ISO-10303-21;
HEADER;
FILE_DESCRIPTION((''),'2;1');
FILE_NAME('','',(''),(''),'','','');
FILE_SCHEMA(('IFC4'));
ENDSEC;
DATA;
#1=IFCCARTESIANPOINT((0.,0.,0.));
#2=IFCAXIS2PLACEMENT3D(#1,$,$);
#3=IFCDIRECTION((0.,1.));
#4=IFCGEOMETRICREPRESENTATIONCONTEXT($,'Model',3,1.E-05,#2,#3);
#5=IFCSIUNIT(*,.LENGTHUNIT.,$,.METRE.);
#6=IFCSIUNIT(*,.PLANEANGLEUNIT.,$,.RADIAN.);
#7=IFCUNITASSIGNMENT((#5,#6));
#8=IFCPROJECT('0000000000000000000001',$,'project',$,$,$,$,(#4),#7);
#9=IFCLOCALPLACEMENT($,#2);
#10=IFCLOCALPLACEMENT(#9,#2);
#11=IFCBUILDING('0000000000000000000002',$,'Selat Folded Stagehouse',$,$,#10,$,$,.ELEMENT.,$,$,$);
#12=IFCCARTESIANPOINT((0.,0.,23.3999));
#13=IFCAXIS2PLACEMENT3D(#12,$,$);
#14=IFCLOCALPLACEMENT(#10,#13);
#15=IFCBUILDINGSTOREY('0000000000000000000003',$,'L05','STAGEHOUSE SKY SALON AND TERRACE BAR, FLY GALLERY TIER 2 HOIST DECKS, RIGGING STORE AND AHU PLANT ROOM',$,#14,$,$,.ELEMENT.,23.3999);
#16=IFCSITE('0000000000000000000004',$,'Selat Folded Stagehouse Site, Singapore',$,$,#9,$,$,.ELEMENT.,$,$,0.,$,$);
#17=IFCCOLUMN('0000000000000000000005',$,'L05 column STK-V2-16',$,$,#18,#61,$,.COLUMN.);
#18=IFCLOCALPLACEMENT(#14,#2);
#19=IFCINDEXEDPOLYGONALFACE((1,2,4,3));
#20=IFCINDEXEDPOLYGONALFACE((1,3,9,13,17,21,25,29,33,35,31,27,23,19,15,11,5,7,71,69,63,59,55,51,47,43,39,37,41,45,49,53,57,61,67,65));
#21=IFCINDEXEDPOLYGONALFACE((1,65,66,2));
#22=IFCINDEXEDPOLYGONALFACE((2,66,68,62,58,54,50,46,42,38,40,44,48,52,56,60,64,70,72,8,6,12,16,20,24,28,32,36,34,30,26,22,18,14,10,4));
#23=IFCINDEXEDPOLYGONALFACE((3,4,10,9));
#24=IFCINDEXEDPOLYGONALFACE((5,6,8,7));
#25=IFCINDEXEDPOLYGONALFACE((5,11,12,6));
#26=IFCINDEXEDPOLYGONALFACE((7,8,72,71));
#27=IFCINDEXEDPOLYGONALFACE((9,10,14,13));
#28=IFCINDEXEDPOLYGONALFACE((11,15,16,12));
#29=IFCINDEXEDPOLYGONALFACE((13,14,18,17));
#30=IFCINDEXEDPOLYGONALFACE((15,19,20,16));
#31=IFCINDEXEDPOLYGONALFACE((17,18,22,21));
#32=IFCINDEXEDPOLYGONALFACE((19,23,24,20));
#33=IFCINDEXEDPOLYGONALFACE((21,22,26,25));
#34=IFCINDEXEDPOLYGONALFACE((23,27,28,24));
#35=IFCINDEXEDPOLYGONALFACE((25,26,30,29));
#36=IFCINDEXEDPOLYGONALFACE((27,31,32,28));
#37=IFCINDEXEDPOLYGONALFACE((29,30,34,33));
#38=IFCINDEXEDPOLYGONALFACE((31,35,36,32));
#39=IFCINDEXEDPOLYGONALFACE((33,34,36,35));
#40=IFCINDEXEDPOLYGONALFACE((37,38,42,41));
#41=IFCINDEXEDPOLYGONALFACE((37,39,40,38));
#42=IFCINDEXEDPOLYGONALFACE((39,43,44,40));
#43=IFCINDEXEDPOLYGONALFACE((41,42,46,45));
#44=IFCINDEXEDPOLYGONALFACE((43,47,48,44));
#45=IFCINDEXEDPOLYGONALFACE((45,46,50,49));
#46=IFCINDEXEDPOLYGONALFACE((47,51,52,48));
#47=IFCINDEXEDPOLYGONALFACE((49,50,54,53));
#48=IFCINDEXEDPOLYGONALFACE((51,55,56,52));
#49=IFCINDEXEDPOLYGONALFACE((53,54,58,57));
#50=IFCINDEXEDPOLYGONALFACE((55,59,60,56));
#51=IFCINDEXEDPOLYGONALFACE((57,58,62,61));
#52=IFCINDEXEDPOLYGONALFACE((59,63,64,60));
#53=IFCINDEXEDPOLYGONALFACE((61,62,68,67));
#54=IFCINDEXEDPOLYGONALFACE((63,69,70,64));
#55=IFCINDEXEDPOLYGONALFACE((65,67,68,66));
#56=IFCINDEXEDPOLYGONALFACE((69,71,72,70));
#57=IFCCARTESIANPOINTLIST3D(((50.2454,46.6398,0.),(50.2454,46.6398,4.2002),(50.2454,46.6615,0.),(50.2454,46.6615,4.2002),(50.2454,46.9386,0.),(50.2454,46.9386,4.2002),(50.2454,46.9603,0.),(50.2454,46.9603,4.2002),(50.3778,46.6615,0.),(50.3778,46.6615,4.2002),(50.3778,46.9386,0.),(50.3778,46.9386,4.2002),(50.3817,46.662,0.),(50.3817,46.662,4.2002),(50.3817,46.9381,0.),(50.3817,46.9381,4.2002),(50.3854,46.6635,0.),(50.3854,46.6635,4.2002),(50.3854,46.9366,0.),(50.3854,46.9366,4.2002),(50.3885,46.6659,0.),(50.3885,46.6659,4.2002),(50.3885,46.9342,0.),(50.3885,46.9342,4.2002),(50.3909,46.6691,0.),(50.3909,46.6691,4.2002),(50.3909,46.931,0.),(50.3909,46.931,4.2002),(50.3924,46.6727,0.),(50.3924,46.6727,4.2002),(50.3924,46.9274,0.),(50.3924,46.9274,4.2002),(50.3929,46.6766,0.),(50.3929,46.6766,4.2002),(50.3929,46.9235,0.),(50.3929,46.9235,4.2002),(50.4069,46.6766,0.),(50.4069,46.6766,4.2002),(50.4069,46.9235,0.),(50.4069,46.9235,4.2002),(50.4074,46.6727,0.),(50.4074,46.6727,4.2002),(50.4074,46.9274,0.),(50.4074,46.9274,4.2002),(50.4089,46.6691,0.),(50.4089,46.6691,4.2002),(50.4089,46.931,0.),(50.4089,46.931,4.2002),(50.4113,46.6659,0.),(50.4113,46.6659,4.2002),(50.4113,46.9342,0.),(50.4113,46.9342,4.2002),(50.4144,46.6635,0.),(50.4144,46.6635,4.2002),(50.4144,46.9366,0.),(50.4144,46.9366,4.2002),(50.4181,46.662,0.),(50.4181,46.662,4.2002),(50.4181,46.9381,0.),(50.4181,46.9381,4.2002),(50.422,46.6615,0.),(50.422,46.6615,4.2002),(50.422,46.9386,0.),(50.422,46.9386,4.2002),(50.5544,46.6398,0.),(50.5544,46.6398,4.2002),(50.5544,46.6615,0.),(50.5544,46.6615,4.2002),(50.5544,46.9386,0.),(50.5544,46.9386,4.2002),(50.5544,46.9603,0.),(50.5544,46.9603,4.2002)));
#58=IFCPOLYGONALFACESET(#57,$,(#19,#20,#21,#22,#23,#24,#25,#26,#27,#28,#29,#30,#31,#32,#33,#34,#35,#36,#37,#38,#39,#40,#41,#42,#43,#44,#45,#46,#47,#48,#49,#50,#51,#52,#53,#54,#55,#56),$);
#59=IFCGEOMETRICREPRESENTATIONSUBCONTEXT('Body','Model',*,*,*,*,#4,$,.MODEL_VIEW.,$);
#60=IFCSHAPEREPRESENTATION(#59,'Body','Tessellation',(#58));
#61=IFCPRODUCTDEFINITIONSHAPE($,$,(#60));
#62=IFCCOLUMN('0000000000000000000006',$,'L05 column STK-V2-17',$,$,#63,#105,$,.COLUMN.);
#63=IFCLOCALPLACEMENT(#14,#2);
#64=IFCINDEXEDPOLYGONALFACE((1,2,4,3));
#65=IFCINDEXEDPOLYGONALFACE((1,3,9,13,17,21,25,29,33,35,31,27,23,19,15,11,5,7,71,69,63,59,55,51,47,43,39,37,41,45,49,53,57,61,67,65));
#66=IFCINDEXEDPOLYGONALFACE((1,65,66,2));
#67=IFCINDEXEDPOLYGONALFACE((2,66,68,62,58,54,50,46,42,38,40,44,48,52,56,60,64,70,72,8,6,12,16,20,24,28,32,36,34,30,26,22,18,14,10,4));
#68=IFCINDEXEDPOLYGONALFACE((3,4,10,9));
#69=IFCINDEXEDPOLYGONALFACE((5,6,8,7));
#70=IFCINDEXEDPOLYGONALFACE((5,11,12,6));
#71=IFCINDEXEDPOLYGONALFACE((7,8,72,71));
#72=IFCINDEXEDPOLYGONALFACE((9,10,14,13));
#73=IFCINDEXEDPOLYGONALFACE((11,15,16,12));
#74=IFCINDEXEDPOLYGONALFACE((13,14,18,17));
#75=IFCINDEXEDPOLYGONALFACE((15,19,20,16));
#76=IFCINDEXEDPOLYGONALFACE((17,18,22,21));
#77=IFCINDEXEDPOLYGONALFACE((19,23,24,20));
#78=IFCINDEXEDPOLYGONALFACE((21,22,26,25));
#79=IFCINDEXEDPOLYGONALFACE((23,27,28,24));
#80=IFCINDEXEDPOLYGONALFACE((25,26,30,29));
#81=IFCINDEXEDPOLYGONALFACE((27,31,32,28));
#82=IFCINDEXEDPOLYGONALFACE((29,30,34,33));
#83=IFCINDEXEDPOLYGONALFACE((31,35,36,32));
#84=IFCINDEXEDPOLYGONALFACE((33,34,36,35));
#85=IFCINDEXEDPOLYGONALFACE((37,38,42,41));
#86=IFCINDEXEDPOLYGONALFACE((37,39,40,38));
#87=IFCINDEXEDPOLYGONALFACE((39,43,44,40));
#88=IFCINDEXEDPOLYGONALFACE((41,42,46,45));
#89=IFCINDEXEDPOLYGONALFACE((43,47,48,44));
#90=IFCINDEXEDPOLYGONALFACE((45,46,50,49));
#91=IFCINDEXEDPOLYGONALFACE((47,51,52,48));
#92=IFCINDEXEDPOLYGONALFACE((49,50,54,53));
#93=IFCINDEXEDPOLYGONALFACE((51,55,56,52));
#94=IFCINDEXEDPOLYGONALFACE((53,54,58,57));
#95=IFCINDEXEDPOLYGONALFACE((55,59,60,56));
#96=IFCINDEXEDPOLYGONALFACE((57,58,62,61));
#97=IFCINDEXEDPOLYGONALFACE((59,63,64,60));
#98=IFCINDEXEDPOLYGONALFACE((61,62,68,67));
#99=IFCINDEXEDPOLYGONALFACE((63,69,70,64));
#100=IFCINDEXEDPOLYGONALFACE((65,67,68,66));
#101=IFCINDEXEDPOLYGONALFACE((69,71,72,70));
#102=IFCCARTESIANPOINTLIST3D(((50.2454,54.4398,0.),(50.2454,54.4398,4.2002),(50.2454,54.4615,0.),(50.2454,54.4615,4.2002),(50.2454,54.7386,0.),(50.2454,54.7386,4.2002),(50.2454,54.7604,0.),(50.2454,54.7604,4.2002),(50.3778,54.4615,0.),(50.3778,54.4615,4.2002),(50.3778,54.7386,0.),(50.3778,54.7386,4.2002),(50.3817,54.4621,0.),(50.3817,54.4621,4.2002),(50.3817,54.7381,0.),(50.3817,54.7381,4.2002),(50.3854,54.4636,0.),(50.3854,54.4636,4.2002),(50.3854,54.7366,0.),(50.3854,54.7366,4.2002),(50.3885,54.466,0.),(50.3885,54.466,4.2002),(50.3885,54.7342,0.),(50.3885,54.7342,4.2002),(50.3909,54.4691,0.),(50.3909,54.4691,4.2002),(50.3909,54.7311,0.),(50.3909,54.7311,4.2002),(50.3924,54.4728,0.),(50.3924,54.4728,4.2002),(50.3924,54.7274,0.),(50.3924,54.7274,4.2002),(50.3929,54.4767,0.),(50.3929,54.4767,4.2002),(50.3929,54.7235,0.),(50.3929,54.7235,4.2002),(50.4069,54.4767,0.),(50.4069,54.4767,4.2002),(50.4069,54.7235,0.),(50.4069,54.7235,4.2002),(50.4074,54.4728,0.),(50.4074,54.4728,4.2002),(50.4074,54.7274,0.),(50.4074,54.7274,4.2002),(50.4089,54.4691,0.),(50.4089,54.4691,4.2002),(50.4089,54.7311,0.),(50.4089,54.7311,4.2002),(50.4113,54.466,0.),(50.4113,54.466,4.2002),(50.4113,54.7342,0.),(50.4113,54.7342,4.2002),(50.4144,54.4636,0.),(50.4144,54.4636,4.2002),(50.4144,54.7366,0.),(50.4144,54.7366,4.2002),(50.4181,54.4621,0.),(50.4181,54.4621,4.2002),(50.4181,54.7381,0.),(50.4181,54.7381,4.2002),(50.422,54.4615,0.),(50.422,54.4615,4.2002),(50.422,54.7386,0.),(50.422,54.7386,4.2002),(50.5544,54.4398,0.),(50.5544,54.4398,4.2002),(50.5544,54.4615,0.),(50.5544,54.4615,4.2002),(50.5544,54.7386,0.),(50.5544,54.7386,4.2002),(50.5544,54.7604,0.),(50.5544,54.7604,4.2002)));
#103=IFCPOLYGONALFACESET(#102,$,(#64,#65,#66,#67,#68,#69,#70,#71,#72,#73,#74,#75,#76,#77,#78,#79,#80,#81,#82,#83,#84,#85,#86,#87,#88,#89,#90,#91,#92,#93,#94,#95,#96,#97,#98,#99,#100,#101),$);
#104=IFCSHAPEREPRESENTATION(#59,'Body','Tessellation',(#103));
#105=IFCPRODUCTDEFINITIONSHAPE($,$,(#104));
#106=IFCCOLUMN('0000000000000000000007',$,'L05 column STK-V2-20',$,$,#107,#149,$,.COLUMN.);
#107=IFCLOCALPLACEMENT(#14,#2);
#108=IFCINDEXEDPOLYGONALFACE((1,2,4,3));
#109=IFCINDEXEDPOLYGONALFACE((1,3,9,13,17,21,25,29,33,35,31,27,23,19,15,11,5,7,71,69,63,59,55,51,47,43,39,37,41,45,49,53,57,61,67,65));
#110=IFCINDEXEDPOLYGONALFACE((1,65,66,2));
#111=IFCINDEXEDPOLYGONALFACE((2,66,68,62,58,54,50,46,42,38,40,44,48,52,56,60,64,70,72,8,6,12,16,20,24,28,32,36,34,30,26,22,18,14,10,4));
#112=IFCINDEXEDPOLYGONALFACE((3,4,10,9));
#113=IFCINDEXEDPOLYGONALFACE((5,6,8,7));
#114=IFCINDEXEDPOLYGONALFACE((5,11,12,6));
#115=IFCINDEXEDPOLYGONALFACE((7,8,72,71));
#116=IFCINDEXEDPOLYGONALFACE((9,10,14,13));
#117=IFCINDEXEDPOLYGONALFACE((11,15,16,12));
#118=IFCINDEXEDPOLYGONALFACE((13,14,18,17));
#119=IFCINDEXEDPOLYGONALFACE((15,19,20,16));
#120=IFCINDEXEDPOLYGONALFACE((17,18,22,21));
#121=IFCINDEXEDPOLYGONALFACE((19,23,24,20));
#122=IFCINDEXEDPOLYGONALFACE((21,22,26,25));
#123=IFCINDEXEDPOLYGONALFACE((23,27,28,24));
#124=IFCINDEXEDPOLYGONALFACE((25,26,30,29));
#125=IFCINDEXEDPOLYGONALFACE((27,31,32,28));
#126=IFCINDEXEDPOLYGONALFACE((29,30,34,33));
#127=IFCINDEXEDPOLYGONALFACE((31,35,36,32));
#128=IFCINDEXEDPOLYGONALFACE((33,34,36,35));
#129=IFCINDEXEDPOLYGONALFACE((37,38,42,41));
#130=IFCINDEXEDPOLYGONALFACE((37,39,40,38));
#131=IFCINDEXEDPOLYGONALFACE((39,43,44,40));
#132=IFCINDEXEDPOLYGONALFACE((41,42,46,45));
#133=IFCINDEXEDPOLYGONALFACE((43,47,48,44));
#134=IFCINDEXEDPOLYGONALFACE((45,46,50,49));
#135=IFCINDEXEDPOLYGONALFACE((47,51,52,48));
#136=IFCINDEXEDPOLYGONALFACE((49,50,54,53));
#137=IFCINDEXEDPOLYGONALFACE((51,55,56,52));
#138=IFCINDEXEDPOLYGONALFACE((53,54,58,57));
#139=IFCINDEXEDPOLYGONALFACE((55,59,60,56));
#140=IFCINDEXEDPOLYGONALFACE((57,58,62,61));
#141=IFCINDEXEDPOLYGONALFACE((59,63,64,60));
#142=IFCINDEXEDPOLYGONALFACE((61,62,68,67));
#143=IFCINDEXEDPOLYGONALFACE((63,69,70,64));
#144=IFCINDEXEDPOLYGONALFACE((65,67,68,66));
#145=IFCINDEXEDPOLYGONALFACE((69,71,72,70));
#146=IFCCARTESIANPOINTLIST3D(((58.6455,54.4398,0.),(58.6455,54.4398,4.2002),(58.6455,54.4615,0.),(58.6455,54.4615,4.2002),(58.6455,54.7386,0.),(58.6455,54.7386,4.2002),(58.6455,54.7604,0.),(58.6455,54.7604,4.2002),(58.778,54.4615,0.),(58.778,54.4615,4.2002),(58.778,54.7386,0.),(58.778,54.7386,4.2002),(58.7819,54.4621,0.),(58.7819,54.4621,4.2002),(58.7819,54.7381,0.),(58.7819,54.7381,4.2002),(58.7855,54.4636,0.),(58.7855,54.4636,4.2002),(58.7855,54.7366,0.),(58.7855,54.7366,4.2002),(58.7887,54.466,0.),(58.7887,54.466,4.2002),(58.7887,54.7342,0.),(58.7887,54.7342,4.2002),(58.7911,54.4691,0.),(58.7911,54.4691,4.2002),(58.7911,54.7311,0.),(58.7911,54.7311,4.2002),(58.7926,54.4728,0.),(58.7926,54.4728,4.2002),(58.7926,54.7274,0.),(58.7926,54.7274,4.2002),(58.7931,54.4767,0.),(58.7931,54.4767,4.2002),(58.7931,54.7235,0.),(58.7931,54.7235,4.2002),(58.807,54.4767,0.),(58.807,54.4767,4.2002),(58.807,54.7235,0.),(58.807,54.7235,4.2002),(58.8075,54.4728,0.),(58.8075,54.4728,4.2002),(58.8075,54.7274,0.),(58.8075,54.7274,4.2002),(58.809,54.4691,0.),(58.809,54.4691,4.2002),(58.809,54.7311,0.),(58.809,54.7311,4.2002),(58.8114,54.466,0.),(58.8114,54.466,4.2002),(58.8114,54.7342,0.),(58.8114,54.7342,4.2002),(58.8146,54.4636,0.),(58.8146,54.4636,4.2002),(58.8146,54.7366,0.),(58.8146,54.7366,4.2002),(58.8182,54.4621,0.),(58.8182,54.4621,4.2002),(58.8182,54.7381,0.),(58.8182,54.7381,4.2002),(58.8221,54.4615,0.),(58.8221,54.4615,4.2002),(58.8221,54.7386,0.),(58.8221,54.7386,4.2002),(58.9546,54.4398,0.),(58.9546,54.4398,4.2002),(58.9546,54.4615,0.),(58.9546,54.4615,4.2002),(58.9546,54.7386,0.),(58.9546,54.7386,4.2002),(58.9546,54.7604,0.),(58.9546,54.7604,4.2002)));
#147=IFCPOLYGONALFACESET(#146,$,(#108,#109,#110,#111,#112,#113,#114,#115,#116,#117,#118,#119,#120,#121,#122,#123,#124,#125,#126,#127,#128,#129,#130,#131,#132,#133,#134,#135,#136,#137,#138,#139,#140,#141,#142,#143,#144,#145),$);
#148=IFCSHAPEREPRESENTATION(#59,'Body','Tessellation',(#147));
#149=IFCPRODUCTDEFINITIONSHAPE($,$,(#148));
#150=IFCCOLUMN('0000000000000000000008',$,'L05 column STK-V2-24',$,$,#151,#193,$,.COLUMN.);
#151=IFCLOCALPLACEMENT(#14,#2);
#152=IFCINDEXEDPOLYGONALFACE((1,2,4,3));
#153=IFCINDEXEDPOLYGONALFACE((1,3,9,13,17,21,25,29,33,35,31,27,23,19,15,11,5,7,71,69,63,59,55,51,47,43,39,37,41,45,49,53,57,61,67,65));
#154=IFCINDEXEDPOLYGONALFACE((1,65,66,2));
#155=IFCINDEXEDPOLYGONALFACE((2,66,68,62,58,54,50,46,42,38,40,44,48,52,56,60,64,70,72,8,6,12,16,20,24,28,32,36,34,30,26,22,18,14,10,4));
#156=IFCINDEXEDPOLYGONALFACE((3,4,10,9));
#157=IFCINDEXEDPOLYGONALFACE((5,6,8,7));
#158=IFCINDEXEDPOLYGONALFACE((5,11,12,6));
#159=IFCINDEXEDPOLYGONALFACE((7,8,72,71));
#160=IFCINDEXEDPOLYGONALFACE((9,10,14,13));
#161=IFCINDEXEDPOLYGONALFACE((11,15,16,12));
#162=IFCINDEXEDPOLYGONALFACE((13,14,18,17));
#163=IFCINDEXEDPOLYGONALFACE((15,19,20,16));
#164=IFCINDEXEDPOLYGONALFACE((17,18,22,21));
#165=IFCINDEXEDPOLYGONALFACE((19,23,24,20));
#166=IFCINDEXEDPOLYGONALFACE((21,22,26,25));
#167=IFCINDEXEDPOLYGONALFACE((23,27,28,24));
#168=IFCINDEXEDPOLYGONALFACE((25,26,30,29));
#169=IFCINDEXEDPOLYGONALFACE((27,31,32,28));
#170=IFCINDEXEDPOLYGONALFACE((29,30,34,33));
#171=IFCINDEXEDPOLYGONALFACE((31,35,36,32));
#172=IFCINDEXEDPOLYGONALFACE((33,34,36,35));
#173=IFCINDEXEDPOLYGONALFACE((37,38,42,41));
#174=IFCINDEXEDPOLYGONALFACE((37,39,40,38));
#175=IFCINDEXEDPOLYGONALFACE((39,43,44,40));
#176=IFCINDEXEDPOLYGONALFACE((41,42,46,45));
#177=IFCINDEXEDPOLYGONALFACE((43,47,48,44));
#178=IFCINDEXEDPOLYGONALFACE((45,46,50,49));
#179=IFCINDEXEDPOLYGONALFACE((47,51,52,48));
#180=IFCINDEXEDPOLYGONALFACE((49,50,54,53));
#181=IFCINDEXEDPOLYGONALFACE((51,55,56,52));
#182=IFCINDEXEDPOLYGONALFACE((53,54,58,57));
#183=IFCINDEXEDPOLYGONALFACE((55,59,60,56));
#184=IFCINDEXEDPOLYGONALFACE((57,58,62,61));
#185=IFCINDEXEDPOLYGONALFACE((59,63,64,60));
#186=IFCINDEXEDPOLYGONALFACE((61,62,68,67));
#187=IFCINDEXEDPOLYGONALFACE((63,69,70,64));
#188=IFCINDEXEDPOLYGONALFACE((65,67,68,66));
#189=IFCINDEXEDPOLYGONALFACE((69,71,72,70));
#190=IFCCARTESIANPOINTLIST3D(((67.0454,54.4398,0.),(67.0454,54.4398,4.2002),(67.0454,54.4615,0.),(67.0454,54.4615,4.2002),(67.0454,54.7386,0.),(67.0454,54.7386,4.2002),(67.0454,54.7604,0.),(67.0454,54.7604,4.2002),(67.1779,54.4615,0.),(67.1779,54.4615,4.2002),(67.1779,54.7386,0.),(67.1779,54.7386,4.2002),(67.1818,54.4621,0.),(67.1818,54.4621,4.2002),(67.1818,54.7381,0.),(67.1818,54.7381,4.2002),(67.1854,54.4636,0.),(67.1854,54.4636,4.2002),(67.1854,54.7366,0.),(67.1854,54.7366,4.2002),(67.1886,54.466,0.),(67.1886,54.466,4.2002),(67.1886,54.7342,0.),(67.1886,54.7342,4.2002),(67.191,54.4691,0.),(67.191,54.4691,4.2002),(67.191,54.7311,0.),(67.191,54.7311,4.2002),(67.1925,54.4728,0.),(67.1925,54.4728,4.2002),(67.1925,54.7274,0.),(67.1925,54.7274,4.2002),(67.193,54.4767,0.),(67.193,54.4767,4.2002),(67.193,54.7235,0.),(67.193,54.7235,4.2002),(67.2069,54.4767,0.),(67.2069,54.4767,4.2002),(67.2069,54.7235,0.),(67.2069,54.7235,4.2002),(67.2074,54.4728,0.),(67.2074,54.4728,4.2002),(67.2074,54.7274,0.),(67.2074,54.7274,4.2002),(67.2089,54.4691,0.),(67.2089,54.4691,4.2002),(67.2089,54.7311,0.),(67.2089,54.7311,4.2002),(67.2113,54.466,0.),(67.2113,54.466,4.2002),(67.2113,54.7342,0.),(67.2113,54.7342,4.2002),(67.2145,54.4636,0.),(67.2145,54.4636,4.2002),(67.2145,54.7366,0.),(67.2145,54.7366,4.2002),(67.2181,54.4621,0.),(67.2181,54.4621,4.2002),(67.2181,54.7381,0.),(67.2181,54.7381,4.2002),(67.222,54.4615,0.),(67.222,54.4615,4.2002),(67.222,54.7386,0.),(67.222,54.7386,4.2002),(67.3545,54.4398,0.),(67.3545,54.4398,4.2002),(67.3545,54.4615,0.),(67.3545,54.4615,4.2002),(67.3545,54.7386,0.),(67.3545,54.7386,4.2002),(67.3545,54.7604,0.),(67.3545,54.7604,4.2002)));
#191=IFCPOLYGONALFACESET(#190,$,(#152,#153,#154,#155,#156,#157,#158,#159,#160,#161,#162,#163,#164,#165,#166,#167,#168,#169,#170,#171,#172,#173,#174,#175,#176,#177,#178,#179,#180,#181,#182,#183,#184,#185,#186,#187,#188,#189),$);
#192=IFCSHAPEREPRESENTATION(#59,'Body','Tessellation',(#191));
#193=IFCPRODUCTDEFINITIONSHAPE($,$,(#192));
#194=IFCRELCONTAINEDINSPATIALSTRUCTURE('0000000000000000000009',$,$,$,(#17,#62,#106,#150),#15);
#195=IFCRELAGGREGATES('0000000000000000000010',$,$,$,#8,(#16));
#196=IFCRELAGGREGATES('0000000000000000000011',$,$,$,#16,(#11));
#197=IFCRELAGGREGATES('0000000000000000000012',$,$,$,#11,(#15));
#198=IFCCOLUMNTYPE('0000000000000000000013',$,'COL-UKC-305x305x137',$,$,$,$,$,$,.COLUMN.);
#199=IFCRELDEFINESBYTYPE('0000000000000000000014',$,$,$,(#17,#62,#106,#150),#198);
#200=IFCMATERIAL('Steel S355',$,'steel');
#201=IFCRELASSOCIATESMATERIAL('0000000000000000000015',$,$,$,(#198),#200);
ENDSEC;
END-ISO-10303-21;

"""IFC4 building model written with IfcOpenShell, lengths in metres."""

from ifc_helpers import new_model, si_unit, direction, frame, origin, origin_2d, place, context, subcontext, project, spatial, i_section, extrude, material, material_profile, profile_set, type_object, element, save


model = new_model("IFC4")

# Units and contexts
model_context = context("Model", 3, precision=1e-05, world=origin(), true_north=direction((0.0, 1.0)))
body_context = subcontext(model_context, "Body", "Model", "MODEL_VIEW")
ifc_project = project(units=[si_unit("LENGTHUNIT", "METRE"), si_unit("PLANEANGLEUNIT", "RADIAN")], contexts=[model_context])

# Site, building, storey
site_placement = place(None, origin())
site = spatial("IfcSite", under=ifc_project, at=site_placement, Name="Selat Folded Stagehouse Site, Singapore", CompositionType="ELEMENT", RefElevation=0.0)
building_placement = place(site_placement, origin())
building = spatial("IfcBuilding", under=site, at=building_placement, Name="Selat Folded Stagehouse", CompositionType="ELEMENT")
storey_placement = place(building_placement, frame((0.0, 0.0, 23.3999)))
storey = spatial("IfcBuildingStorey", under=building, at=storey_placement, Name="L05", Description="STAGEHOUSE SKY SALON AND TERRACE BAR, FLY GALLERY TIER 2 HOIST DECKS, RIGGING STORE AND AHU PLANT ROOM", CompositionType="ELEMENT", Elevation=23.3999)

# Columns
ifc_material_1 = material(Name="Steel S355", Category="steel")
ifc_material_profile_1 = material_profile(ifc_material_1, i_section(OverallWidth=0.3091, OverallDepth=0.3206, WebThickness=0.0139, FlangeThickness=0.0217, FilletRadius=0.0151, at=origin_2d()), Name="UKC 305x305x137")
ifc_profile_set_1 = profile_set([ifc_material_profile_1], Name="Steel S355")
column_type = type_object("IfcColumnType", Name="COL-UKC-305x305x137", PredefinedType="COLUMN", material=ifc_profile_set_1)
for number, where, z_axis, x_axis, name in (
    (1, (50.3999, 46.8, 0.0), (0.0, 0.0, 1.0), (1.0, 0.0, 0.0), "L05 column STK-V2-16"),
    (2, (50.3999, 54.6001, 0.0), (0.0, 0.0, 1.0), (1.0, 0.0, 0.0), "L05 column STK-V2-17"),
    (3, (58.8, 54.6001, 0.0), (0.0, 0.0, 1.0), (1.0, 0.0, 0.0), "L05 column STK-V2-20"),
    (4, (67.2, 54.6001, 0.0), (0.0, 0.0, 1.0), (1.0, 0.0, 0.0), "L05 column STK-V2-24"),
):
    element("IfcColumn", number, at=place(storey_placement, frame(where, z_axis=z_axis, x_axis=x_axis)), inside=storey, type_object=column_type, Name=name, PredefinedType="COLUMN", context=body_context, shape_type="SweptSolid", body=[
        extrude(i_section(OverallWidth=0.3091, OverallDepth=0.3206, WebThickness=0.0139, FlangeThickness=0.0217, FilletRadius=0.0151, at=origin_2d()), origin(), (0.0, 0.0, 1.0), 4.2002),
    ])

save(model, "model.ifc")
